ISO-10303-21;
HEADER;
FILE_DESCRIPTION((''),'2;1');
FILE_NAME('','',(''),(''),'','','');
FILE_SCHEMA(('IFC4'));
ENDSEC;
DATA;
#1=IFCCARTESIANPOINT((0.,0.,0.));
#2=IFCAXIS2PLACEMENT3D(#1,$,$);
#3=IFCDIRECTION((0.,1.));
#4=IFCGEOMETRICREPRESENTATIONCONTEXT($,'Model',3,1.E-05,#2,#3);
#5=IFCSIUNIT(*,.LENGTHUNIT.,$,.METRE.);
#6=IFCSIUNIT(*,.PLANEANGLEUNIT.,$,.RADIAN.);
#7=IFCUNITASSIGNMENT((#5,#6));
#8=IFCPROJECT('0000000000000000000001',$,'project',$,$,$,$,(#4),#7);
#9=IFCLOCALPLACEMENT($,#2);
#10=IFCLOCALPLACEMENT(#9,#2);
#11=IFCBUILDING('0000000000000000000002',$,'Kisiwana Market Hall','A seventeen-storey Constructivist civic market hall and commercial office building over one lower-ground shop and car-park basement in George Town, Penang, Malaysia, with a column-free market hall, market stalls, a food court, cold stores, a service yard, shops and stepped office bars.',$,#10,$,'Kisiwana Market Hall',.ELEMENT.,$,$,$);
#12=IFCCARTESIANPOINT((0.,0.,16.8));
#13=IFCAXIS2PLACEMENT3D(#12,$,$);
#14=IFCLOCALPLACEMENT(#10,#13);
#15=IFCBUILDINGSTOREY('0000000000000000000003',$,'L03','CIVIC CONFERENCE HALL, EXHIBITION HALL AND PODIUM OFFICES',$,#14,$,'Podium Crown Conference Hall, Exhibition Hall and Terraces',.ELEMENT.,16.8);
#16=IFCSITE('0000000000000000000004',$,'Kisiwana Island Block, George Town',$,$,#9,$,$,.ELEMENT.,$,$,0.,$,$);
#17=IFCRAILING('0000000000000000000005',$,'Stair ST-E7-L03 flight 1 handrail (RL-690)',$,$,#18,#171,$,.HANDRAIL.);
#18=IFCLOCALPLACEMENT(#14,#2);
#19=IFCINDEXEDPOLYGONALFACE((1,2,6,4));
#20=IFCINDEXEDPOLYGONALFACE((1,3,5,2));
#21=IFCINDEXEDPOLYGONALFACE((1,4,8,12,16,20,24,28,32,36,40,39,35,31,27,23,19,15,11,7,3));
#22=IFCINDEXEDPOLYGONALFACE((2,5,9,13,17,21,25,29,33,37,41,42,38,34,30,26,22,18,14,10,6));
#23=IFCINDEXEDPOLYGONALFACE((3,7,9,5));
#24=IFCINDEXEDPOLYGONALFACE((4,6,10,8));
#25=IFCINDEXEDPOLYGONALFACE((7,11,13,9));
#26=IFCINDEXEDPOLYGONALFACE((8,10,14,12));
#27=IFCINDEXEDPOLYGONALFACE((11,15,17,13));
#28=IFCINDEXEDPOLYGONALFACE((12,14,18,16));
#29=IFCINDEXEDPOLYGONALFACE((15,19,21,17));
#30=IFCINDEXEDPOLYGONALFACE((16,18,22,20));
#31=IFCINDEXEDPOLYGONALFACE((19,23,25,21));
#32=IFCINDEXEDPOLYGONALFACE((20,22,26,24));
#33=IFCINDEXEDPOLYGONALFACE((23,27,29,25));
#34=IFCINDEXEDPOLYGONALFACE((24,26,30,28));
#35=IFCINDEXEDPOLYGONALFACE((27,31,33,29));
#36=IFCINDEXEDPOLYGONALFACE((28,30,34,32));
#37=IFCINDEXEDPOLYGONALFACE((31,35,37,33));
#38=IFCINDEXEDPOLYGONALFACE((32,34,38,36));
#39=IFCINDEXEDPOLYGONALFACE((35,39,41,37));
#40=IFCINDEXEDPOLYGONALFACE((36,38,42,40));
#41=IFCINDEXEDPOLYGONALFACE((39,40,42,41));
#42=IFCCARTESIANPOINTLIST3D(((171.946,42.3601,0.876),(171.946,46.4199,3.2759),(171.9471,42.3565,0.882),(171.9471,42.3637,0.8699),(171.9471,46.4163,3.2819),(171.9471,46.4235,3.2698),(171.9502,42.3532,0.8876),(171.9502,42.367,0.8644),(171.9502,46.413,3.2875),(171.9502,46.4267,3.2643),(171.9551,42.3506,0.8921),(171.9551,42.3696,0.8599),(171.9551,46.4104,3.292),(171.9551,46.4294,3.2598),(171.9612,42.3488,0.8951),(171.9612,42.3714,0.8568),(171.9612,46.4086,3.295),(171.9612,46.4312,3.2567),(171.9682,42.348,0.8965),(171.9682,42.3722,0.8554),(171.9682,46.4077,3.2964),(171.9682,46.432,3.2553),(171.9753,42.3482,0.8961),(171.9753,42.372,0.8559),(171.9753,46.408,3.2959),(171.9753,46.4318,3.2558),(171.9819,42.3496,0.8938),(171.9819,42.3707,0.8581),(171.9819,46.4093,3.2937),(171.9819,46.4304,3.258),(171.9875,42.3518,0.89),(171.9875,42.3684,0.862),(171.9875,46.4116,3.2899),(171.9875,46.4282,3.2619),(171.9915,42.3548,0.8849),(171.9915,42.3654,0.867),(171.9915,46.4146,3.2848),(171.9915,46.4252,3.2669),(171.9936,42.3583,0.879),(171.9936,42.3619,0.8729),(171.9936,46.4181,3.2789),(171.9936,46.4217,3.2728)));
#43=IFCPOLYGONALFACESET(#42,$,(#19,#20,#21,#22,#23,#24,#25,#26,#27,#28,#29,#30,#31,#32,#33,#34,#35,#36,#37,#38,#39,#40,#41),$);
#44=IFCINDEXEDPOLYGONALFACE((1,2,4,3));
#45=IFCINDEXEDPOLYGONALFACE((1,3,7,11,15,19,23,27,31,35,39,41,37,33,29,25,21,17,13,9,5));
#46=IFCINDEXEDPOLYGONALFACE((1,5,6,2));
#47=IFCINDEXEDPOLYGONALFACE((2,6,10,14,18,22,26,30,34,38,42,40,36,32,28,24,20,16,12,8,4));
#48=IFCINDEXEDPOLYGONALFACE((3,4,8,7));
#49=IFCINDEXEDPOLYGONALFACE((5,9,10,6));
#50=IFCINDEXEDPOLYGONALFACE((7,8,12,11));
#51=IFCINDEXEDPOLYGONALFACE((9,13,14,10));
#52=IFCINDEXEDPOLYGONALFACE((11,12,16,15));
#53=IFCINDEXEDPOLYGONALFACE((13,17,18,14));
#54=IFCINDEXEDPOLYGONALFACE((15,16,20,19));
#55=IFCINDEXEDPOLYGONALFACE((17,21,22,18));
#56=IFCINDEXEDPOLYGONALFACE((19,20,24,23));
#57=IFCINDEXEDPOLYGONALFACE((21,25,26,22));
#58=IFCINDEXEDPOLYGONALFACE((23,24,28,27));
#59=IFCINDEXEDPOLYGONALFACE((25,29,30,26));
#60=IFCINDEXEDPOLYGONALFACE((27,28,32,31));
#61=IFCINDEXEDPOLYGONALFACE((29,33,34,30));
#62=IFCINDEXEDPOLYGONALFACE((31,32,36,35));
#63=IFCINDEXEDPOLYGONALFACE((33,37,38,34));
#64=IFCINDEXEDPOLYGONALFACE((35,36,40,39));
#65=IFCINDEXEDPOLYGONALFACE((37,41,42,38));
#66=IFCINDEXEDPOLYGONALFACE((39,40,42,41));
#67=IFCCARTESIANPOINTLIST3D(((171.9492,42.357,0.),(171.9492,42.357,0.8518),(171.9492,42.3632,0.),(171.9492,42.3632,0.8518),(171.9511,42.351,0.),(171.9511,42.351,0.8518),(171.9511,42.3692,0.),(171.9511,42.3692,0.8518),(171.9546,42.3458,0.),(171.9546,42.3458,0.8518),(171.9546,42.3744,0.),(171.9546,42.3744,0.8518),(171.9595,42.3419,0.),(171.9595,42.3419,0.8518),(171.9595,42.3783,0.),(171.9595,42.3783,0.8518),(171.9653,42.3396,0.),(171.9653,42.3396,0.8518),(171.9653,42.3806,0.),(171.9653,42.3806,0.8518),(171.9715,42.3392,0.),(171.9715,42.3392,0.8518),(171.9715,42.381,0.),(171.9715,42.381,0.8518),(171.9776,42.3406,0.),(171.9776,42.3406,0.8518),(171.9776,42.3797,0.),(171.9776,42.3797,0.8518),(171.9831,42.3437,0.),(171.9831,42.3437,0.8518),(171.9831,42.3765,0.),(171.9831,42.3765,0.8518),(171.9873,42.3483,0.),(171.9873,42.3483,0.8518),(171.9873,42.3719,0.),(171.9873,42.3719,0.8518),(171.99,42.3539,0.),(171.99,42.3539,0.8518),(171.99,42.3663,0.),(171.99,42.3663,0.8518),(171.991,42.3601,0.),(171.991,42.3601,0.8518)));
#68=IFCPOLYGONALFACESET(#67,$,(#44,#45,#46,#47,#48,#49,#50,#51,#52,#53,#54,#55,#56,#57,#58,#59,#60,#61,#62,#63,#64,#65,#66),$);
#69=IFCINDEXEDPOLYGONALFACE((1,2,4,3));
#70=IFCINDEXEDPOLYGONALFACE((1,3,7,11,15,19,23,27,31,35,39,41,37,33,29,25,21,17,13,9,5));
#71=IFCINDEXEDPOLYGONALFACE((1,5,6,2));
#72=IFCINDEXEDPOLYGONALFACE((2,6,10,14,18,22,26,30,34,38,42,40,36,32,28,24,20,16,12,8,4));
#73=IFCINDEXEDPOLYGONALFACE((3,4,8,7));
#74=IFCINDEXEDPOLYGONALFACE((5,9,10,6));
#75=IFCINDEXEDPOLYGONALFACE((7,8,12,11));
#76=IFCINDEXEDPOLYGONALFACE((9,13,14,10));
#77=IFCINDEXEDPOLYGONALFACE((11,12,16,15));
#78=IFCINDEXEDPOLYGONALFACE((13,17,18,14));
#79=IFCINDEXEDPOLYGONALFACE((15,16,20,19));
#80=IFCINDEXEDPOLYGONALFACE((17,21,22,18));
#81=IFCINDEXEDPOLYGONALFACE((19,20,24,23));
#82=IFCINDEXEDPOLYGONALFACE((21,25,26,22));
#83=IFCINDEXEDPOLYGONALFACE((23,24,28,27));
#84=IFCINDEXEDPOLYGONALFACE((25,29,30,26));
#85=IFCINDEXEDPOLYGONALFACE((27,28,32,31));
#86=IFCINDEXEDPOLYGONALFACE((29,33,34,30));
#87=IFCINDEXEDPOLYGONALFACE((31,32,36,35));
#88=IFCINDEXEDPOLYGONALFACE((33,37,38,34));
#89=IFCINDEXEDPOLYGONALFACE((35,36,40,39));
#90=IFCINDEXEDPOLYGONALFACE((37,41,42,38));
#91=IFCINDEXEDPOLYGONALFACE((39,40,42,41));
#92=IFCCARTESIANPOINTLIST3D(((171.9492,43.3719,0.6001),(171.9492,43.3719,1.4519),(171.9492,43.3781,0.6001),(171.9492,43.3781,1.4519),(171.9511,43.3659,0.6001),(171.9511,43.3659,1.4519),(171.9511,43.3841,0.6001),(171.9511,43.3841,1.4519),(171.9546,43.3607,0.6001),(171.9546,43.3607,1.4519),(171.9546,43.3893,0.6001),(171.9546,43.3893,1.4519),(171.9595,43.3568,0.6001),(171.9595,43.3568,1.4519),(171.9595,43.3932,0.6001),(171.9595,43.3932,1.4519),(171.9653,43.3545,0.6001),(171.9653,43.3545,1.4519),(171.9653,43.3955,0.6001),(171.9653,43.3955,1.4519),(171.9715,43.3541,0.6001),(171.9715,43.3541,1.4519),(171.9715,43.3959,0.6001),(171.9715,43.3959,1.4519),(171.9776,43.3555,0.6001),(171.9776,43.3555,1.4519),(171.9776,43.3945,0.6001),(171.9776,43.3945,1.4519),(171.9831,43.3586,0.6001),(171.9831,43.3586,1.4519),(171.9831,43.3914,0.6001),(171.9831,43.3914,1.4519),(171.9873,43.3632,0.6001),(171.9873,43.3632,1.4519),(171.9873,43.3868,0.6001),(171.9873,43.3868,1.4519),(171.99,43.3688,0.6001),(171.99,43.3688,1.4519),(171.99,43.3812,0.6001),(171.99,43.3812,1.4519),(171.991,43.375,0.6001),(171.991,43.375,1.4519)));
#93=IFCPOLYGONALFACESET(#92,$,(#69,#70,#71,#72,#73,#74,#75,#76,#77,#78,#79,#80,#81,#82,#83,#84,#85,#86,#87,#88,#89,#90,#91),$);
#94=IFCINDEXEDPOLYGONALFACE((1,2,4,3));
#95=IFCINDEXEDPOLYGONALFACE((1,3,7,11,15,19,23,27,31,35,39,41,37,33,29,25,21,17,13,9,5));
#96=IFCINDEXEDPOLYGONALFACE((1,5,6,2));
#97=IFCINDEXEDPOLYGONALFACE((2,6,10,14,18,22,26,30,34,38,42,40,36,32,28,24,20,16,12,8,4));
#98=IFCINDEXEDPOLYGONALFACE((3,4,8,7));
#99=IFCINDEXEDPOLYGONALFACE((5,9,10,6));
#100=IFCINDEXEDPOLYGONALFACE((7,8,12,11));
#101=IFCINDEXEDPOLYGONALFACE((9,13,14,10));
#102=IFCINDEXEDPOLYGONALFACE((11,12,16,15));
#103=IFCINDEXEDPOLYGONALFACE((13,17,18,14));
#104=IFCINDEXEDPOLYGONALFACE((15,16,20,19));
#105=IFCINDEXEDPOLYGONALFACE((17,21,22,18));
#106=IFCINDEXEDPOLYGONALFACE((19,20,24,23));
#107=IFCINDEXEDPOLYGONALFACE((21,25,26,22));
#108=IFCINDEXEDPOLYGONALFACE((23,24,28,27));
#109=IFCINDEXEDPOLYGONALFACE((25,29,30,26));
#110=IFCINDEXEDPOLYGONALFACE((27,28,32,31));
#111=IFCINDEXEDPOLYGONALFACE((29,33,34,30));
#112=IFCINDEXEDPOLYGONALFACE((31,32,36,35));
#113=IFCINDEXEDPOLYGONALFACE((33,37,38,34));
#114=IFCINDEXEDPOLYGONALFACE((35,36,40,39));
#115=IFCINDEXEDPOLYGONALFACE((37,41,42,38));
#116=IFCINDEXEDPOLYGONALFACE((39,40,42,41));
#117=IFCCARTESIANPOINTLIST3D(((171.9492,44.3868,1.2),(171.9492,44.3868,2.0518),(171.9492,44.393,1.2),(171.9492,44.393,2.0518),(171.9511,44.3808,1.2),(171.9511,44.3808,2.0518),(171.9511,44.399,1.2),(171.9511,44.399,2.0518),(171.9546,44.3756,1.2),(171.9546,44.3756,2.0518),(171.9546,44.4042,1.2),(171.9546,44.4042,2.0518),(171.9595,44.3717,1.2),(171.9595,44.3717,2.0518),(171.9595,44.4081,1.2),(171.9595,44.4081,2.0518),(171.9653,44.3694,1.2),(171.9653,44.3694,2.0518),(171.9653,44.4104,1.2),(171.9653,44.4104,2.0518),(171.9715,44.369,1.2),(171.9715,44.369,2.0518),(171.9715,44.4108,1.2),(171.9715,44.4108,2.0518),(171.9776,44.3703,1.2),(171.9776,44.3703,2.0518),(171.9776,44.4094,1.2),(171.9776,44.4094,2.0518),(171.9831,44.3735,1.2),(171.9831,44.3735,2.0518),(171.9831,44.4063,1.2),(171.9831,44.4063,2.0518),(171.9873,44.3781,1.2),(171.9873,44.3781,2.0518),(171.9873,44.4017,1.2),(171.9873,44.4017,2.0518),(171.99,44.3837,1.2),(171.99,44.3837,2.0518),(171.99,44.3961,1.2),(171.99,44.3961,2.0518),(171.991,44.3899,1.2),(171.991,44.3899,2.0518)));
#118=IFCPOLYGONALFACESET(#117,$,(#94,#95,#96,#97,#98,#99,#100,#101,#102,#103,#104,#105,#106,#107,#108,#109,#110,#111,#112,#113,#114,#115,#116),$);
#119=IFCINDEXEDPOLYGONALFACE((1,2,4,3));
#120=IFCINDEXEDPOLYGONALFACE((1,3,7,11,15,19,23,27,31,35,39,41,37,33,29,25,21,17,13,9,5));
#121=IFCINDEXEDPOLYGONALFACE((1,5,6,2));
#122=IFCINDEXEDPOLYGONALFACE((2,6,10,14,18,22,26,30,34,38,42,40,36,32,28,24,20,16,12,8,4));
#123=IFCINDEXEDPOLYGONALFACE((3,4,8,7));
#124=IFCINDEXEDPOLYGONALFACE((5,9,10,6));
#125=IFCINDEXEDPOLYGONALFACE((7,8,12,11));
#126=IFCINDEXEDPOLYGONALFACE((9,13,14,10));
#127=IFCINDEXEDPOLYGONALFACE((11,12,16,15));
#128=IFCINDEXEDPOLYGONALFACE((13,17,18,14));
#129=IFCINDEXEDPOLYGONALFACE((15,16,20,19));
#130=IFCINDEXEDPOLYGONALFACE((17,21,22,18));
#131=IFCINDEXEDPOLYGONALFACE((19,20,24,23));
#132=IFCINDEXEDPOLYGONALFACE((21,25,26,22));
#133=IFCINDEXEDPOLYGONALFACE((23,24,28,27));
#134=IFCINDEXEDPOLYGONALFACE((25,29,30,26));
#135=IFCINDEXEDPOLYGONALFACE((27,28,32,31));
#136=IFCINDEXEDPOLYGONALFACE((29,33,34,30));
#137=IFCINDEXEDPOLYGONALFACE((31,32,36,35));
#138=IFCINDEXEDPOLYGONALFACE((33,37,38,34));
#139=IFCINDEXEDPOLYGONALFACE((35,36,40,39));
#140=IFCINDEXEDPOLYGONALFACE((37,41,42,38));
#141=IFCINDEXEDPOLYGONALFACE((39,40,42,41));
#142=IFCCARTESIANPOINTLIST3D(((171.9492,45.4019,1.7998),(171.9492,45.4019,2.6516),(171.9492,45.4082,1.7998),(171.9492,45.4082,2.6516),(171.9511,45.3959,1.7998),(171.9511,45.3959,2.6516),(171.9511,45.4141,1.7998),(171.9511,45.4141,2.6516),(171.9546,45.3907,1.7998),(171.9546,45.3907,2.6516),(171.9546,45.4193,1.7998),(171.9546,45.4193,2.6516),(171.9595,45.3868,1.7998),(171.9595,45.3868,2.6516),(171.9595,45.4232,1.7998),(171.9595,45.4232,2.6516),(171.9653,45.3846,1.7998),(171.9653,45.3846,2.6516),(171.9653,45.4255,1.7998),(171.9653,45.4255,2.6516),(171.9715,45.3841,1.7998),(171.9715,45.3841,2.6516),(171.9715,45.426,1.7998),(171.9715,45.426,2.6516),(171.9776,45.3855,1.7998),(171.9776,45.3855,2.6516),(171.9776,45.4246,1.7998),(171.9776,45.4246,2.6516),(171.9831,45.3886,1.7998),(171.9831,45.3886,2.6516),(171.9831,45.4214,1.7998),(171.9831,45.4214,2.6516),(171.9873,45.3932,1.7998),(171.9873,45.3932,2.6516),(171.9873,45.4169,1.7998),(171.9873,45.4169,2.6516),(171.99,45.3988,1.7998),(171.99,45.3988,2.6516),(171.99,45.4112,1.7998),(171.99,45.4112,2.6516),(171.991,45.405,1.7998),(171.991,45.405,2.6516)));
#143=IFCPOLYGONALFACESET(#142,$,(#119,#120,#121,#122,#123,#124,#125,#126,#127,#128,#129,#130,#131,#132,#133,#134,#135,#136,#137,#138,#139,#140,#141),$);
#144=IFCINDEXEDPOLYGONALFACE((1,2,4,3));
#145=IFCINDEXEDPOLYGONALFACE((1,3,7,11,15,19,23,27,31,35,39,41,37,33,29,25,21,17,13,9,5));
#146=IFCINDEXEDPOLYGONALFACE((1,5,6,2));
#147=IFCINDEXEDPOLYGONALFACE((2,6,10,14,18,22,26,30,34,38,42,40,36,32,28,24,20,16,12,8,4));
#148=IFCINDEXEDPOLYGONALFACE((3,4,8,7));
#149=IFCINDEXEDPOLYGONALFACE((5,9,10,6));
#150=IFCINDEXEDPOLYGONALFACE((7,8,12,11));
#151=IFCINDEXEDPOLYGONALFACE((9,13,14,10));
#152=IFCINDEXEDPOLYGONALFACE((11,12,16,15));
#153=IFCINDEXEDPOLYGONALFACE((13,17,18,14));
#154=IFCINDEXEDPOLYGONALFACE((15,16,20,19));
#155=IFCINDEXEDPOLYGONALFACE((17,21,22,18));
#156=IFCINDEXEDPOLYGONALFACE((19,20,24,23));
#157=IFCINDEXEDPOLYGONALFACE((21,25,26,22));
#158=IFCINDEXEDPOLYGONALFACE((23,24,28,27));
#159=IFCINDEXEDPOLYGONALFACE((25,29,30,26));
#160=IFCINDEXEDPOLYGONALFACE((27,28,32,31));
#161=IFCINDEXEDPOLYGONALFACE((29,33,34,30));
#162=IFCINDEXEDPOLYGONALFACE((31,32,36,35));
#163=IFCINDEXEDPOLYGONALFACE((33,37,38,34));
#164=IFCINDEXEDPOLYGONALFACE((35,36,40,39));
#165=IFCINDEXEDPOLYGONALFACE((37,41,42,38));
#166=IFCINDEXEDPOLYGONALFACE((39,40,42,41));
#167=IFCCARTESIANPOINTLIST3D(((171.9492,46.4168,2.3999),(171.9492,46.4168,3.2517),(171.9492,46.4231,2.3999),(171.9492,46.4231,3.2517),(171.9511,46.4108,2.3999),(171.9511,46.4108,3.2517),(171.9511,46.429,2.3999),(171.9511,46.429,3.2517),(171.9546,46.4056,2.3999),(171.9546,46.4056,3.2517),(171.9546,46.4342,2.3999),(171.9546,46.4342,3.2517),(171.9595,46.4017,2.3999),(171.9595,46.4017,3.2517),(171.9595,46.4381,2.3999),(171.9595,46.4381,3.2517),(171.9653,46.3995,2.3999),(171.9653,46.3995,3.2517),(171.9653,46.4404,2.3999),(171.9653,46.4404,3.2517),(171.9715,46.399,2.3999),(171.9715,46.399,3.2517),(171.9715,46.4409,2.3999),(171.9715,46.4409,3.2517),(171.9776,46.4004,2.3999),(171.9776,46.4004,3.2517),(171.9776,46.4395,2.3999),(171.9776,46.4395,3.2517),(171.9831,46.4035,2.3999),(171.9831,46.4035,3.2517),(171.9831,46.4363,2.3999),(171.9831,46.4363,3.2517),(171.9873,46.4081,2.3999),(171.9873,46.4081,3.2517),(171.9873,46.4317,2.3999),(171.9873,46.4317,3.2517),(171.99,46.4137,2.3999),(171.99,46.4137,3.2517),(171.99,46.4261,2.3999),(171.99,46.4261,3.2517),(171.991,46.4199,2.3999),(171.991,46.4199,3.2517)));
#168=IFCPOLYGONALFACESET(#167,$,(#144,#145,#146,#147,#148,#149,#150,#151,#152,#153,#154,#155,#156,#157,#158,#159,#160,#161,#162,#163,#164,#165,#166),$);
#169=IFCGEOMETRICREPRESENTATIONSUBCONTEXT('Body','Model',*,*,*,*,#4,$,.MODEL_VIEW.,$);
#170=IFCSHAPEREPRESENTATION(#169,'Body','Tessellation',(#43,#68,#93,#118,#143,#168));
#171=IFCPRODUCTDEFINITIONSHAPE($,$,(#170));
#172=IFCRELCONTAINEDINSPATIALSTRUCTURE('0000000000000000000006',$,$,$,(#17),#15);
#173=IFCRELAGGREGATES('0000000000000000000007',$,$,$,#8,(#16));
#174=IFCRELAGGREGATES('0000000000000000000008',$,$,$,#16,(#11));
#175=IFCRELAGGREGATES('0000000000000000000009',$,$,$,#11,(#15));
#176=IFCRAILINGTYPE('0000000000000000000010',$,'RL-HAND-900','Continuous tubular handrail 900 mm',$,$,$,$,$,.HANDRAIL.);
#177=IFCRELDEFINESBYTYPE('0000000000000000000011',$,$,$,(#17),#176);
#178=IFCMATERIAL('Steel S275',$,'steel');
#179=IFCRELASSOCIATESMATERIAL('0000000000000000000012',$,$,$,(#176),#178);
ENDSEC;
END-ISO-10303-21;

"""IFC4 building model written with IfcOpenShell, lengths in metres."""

from ifc_helpers import new_model, si_unit, direction, frame, origin, origin_2d, place, context, subcontext, project, spatial, circle, extrude, material, type_object, element, save


model = new_model("IFC4")

# Units and contexts
model_context = context("Model", 3, precision=1e-05, world=origin(), true_north=direction((0.0, 1.0)))
body_context = subcontext(model_context, "Body", "Model", "MODEL_VIEW")
ifc_project = project(units=[si_unit("LENGTHUNIT", "METRE"), si_unit("PLANEANGLEUNIT", "RADIAN")], contexts=[model_context])

# Site, building, storey
site_placement = place(None, origin())
site = spatial("IfcSite", under=ifc_project, at=site_placement, Name="Kisiwana Island Block, George Town", CompositionType="ELEMENT", RefElevation=0.0)
building_placement = place(site_placement, origin())
building = spatial("IfcBuilding", under=site, at=building_placement, Name="Kisiwana Market Hall", Description="A seventeen-storey Constructivist civic market hall and commercial office building over one lower-ground shop and car-park basement in George Town, Penang, Malaysia, with a column-free market hall, market stalls, a food court, cold stores, a service yard, shops and stepped office bars.", LongName="Kisiwana Market Hall", CompositionType="ELEMENT")
storey_placement = place(building_placement, frame((0.0, 0.0, 16.8)))
storey = spatial("IfcBuildingStorey", under=building, at=storey_placement, Name="L03", Description="CIVIC CONFERENCE HALL, EXHIBITION HALL AND PODIUM OFFICES", LongName="Podium Crown Conference Hall, Exhibition Hall and Terraces", CompositionType="ELEMENT", Elevation=16.8)

# Railing
ifc_material_1 = material(Name="Steel S275", Category="steel")
railing_type_1 = type_object("IfcRailingType", Name="RL-HAND-900", Description="Continuous tubular handrail 900 mm", PredefinedType="HANDRAIL", material=ifc_material_1)
railing_1_placement = place(storey_placement, frame((171.97, 42.3601, 0.0)))
element("IfcRailing", 1, at=railing_1_placement, inside=storey, type_object=railing_type_1, Name="Stair ST-E7-L03 flight 1 handrail (RL-690)", PredefinedType="HANDRAIL", context=body_context, shape_type="SweptSolid", body=[
    extrude(circle(Radius=0.0239, at=origin_2d()), frame((0.0, 0.0, 0.876), z_axis=(0.0, 0.860841, 0.508874), x_axis=(-1.0, 0.0, 0.0)), (0.0, 0.0, 1.0), 4.7161),
    extrude(circle(Radius=0.021, at=origin_2d()), origin(), (0.0, 0.0, 1.0), 0.8518),
    extrude(circle(Radius=0.021, at=origin_2d()), frame((0.0, 1.0149, 0.6001)), (0.0, 0.0, 1.0), 0.8518),
    extrude(circle(Radius=0.021, at=origin_2d()), frame((0.0, 2.0298, 1.2)), (0.0, 0.0, 1.0), 0.8518),
    extrude(circle(Radius=0.021, at=origin_2d()), frame((0.0, 3.0449, 1.7998)), (0.0, 0.0, 1.0), 0.8518),
    extrude(circle(Radius=0.021, at=origin_2d()), frame((0.0, 4.0598, 2.3999)), (0.0, 0.0, 1.0), 0.8518),
])

save(model, "model.ifc")
